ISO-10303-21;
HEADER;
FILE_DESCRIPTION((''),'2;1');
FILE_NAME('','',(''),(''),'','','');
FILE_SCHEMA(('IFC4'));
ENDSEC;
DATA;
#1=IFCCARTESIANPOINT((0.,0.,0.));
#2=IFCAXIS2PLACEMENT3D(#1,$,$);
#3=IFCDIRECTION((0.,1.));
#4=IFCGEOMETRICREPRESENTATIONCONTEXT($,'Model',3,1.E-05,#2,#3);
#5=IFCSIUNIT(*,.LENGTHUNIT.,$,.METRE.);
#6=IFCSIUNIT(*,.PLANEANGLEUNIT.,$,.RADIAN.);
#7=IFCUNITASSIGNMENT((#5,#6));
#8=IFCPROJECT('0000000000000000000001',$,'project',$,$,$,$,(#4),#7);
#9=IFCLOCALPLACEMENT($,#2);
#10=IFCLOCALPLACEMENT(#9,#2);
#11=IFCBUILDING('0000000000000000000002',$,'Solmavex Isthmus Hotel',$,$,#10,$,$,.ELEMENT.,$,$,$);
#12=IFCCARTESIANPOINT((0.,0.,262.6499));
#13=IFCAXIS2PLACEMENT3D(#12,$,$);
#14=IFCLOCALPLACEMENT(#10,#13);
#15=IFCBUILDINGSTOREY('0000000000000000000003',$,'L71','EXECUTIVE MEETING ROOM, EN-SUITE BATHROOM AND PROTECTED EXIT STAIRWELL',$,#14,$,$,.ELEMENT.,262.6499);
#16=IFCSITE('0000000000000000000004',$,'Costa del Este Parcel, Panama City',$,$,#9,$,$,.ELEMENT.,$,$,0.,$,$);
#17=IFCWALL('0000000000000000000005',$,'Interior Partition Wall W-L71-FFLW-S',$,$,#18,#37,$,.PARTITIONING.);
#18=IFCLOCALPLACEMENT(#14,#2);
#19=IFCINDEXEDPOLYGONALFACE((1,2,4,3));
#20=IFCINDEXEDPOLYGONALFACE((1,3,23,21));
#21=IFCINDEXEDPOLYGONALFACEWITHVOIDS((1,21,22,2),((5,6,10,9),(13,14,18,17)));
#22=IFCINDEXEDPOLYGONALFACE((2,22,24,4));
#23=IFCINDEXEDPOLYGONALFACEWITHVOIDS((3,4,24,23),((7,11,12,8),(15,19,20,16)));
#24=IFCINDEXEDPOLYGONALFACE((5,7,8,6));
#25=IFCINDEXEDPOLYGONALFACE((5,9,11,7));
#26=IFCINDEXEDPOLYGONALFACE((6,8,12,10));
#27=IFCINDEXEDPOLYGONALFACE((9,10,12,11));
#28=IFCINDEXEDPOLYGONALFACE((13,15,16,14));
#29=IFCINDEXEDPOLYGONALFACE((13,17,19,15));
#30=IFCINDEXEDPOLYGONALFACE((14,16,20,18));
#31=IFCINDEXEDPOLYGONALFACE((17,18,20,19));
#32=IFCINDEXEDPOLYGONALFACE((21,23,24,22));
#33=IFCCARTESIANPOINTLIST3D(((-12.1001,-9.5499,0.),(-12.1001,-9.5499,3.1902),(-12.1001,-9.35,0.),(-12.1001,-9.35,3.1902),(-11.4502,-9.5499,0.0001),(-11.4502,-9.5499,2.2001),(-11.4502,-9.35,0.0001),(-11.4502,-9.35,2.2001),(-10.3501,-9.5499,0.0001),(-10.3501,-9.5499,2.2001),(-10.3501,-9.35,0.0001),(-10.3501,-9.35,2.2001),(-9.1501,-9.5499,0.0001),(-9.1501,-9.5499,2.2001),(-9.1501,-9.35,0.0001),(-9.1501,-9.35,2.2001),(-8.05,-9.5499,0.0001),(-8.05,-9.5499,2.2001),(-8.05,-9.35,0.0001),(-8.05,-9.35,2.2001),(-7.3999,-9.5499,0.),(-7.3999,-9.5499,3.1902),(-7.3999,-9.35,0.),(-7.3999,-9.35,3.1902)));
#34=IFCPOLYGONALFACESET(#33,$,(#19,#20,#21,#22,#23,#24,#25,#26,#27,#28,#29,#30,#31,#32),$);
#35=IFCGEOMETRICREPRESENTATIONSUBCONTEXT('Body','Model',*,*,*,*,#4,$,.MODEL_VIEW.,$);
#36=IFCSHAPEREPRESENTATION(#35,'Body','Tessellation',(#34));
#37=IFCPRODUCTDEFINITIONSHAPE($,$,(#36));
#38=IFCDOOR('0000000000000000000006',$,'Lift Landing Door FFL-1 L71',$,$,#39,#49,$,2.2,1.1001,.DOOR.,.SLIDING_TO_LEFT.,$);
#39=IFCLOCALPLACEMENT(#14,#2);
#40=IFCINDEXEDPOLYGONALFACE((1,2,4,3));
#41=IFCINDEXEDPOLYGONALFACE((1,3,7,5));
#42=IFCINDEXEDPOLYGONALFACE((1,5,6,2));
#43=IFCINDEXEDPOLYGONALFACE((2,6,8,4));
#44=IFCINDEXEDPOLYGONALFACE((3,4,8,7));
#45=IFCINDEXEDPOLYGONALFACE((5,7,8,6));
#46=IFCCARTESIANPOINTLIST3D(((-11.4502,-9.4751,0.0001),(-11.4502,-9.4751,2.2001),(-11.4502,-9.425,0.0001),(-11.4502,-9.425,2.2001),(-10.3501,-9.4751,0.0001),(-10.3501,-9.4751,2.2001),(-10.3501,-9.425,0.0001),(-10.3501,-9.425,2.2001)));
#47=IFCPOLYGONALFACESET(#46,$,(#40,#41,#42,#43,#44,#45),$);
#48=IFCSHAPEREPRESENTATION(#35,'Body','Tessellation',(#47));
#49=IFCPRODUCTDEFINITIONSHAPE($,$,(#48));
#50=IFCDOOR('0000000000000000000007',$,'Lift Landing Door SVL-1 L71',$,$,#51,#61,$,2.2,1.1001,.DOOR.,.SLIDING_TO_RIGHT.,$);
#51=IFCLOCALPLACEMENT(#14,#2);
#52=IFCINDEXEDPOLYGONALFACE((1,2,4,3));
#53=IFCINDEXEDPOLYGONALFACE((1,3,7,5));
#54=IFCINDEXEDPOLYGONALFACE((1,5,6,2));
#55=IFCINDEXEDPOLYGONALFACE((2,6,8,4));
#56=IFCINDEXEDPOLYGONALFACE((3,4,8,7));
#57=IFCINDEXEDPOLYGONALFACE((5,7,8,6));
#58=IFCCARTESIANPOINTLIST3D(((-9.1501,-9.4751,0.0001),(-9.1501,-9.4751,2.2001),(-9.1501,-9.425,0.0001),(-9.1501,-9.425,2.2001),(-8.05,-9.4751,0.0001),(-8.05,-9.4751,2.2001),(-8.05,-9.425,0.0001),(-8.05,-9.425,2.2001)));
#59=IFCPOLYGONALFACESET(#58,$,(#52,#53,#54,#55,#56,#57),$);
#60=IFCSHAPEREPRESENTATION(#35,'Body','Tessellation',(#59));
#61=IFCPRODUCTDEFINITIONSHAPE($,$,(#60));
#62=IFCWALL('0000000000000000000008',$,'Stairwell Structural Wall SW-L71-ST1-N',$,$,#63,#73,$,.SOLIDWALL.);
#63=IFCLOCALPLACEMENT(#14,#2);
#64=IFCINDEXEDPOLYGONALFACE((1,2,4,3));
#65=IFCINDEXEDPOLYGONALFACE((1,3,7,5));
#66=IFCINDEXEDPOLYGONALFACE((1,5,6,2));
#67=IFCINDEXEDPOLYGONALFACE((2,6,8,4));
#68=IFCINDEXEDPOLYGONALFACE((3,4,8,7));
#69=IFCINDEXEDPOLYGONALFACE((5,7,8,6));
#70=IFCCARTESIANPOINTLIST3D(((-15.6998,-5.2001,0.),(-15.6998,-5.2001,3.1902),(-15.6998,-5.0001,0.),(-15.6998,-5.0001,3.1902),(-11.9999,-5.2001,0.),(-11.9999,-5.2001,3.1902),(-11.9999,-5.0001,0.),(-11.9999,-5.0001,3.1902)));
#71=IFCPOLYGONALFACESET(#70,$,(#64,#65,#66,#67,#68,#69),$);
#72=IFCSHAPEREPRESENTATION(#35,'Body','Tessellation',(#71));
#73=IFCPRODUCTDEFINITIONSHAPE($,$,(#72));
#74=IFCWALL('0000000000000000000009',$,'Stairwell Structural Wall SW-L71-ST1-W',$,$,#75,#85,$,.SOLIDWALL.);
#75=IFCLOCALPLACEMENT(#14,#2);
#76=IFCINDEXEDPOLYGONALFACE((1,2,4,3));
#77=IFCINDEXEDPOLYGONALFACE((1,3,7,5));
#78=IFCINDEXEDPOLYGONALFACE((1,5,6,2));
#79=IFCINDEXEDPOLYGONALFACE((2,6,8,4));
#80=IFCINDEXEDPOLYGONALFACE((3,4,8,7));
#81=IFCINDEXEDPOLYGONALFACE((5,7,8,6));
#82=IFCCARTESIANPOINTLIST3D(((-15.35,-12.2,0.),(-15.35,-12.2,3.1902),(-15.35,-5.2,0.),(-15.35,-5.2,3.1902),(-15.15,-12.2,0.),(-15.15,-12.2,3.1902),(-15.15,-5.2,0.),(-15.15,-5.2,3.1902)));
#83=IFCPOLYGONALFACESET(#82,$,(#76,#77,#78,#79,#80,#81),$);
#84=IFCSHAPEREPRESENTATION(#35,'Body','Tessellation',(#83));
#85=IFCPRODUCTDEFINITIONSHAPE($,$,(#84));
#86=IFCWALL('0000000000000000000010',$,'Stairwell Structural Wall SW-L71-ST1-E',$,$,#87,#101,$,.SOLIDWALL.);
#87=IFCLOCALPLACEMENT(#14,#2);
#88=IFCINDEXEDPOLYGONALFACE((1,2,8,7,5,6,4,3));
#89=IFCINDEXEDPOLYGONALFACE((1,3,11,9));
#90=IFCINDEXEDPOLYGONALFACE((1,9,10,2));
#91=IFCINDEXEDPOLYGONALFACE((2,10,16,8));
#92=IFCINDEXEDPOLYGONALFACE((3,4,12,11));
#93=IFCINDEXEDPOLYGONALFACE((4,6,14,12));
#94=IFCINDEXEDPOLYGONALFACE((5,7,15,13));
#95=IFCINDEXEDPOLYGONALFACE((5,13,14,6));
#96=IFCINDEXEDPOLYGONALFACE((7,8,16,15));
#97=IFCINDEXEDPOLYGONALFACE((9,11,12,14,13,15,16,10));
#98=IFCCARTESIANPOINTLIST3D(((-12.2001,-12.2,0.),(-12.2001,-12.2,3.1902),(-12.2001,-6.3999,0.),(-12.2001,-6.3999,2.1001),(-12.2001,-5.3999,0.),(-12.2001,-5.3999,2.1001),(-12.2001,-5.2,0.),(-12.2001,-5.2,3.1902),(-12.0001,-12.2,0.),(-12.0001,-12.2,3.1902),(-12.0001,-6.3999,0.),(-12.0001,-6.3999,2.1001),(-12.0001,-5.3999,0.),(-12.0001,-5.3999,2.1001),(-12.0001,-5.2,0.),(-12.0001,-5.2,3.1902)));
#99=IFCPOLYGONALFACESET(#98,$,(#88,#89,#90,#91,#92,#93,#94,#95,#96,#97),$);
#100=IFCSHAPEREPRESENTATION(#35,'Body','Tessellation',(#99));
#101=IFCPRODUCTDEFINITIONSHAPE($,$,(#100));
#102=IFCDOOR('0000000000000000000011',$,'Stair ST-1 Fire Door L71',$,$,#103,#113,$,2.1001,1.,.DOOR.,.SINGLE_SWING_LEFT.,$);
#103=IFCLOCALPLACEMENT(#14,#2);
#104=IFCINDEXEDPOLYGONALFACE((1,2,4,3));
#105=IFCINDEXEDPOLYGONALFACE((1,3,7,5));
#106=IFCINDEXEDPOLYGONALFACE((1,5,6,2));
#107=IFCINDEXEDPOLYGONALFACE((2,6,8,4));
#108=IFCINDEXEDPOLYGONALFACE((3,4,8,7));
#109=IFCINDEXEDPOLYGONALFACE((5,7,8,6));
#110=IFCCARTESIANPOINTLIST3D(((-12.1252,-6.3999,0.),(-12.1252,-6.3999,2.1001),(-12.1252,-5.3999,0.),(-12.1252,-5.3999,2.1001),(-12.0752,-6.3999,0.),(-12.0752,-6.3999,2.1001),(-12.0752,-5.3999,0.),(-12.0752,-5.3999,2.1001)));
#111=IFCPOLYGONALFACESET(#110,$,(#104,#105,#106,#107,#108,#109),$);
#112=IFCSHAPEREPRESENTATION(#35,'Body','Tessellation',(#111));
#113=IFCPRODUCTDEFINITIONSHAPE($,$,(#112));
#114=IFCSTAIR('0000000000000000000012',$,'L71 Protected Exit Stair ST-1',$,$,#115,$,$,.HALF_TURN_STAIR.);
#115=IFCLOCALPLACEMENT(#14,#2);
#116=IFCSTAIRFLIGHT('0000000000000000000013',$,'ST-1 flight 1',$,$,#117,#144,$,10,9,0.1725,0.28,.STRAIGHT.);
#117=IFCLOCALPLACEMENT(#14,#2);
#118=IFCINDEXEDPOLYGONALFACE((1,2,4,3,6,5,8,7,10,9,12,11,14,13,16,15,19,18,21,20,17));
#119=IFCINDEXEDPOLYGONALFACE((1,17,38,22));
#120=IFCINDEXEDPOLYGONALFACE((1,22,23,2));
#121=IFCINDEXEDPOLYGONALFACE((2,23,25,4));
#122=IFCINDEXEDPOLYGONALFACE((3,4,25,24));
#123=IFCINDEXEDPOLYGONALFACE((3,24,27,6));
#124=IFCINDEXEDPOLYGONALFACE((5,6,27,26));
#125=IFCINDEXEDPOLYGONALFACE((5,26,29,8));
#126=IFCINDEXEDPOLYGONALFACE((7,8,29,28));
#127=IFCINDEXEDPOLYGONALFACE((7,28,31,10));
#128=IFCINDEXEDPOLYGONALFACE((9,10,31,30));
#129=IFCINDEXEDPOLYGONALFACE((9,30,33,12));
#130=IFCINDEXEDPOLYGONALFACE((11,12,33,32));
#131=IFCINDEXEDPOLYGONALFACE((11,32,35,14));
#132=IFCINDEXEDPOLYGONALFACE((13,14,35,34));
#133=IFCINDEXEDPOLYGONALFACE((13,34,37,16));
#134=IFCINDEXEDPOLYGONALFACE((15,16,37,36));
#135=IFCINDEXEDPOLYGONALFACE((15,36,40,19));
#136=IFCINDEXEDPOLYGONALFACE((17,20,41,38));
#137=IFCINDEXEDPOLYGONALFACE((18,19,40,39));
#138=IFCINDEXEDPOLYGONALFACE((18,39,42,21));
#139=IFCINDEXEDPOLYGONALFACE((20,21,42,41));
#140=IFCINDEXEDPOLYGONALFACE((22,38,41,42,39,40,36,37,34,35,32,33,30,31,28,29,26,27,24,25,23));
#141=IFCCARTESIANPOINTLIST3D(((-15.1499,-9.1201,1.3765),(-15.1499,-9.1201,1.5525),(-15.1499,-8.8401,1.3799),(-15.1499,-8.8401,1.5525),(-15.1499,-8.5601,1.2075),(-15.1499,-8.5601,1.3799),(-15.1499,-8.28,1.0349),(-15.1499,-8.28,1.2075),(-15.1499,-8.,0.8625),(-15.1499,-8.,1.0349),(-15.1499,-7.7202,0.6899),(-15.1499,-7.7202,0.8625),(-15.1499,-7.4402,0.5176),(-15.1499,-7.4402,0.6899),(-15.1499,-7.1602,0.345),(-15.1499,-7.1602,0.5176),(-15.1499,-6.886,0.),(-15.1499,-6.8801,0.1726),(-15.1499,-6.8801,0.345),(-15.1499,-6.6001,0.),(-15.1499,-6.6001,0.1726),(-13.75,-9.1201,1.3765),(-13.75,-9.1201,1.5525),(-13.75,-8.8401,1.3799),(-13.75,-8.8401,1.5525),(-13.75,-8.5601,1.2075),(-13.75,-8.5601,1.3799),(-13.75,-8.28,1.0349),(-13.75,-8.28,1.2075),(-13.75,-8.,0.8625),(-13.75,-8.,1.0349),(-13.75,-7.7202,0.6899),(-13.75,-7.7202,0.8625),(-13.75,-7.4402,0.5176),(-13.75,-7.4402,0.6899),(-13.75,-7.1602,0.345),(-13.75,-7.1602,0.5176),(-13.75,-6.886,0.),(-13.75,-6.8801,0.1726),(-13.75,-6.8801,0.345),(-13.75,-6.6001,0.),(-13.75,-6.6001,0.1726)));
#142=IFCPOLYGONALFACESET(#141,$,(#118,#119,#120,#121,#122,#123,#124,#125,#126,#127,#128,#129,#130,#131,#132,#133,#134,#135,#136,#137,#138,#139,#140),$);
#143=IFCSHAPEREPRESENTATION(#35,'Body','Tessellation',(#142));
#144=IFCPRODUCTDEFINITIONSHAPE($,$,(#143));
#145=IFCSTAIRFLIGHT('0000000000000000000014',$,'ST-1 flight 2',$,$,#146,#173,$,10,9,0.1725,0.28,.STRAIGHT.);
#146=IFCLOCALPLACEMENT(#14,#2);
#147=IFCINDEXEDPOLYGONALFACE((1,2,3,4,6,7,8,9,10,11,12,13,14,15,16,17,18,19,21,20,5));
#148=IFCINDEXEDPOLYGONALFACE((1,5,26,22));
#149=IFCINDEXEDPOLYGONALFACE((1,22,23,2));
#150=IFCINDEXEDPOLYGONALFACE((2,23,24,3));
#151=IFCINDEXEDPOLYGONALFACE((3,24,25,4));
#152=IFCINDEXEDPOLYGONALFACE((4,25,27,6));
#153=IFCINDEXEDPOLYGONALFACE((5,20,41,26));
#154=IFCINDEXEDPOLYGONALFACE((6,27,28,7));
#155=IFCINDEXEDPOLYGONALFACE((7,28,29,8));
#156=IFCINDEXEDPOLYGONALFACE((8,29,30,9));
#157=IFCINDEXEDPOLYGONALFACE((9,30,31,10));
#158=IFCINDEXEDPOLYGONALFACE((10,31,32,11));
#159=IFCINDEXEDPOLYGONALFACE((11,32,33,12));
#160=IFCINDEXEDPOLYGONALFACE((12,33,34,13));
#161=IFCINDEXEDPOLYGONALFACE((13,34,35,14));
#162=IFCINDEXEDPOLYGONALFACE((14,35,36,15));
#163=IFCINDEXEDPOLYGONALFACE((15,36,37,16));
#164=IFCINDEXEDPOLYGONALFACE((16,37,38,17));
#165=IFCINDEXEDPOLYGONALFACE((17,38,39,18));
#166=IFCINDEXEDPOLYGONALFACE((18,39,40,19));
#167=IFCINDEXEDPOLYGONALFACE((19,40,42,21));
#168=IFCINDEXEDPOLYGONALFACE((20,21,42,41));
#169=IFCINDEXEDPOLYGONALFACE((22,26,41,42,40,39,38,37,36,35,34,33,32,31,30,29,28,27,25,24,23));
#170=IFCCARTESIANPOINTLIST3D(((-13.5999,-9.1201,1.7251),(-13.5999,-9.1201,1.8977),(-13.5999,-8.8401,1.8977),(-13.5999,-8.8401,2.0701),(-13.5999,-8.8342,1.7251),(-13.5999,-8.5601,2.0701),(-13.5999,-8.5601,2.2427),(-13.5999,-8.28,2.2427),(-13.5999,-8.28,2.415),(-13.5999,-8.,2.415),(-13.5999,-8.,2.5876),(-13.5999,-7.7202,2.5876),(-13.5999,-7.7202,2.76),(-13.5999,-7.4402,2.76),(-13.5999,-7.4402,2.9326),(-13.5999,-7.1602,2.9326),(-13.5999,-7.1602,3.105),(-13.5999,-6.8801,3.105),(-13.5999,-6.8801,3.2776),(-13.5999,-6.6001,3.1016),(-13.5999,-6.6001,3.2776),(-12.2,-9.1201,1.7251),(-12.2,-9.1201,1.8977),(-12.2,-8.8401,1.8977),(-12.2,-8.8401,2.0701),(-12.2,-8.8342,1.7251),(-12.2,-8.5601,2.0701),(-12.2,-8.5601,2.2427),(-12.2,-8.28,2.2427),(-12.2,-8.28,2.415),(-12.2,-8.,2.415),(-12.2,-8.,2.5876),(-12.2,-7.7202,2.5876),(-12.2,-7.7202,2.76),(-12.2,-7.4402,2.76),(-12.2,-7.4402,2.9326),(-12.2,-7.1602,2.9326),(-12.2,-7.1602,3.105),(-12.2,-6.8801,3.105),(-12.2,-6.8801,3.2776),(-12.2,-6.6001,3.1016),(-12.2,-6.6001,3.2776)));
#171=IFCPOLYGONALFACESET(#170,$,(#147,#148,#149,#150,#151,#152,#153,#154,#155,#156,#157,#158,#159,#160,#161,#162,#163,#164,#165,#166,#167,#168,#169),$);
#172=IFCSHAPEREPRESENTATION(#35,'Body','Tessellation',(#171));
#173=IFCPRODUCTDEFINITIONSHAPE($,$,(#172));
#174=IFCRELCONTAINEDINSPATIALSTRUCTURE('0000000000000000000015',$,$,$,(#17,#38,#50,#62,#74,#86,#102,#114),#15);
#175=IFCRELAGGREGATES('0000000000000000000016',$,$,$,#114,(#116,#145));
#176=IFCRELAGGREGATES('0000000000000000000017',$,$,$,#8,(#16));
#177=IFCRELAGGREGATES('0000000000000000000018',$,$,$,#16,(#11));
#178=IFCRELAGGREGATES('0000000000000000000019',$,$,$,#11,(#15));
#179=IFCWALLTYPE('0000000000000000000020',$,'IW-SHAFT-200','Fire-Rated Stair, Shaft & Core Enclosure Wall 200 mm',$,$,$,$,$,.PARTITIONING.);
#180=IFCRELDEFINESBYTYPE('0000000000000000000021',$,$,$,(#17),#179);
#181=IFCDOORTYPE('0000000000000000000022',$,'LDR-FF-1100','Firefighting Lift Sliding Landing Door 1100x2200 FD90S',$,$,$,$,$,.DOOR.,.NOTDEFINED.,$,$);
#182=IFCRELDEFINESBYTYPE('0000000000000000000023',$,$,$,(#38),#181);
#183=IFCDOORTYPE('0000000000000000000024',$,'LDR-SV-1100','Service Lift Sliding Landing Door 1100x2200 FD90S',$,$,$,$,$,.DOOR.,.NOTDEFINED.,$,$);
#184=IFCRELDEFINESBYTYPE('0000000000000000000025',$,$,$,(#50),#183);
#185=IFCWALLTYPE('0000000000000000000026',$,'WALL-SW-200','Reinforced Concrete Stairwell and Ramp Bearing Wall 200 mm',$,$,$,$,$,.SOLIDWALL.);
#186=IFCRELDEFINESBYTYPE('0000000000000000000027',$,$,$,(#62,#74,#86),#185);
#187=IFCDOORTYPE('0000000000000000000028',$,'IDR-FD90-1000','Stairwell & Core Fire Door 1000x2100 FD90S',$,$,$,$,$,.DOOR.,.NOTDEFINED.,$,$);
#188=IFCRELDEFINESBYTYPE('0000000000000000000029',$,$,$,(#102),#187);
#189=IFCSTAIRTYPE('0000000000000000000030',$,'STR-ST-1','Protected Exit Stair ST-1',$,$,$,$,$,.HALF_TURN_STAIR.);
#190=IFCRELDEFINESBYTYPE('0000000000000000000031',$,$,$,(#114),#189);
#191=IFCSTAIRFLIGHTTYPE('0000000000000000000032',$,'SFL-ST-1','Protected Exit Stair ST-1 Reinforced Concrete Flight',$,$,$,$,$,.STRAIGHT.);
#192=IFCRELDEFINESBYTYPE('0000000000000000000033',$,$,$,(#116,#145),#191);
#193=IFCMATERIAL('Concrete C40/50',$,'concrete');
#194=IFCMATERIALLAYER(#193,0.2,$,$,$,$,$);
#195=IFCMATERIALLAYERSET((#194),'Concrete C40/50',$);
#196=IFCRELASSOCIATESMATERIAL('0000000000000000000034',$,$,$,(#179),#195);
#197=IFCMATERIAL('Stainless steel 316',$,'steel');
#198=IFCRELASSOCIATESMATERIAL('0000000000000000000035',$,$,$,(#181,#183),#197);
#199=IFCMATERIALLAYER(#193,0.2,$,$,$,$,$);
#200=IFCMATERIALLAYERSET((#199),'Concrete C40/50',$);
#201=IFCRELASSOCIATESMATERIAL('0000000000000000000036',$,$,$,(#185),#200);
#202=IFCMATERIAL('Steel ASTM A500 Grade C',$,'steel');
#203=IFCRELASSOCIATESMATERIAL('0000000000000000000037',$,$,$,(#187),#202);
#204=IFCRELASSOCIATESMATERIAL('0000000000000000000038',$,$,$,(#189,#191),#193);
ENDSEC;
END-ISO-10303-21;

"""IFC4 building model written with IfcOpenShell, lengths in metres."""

from ifc_helpers import new_model, si_unit, direction, frame, frame_2d, origin, place, context, subcontext, project, spatial, polyline, rectangle, outline, extrude, material, layer, layer_set, type_object, element, fill, aggregate, save


model = new_model("IFC4")

# Units and contexts
model_context = context("Model", 3, precision=1e-05, world=origin(), true_north=direction((0.0, 1.0)))
body_context = subcontext(model_context, "Body", "Model", "MODEL_VIEW")
ifc_project = project(units=[si_unit("LENGTHUNIT", "METRE"), si_unit("PLANEANGLEUNIT", "RADIAN")], contexts=[model_context])

# Site, building, storey
site_placement = place(None, origin())
site = spatial("IfcSite", under=ifc_project, at=site_placement, Name="Costa del Este Parcel, Panama City", CompositionType="ELEMENT", RefElevation=0.0)
building_placement = place(site_placement, origin())
building = spatial("IfcBuilding", under=site, at=building_placement, Name="Solmavex Isthmus Hotel", CompositionType="ELEMENT")
storey_placement = place(building_placement, frame((0.0, 0.0, 262.6499)))
storey = spatial("IfcBuildingStorey", under=building, at=storey_placement, Name="L71", Description="EXECUTIVE MEETING ROOM, EN-SUITE BATHROOM AND PROTECTED EXIT STAIRWELL", CompositionType="ELEMENT", Elevation=262.6499)

# Wall, openings, doors
ifc_material_1 = material(Name="Concrete C40/50", Category="concrete")
ifc_layer_1 = layer(ifc_material_1, 0.2)
ifc_layer_set_1 = layer_set([ifc_layer_1], Name="Concrete C40/50")
wall_type_1 = type_object("IfcWallType", Name="IW-SHAFT-200", Description="Fire-Rated Stair, Shaft & Core Enclosure Wall 200 mm", PredefinedType="PARTITIONING", material=ifc_layer_set_1)
wall_1_placement = place(storey_placement, frame((-12.1001, -9.45, 0.0), z_axis=(0.0, 0.0, 1.0), x_axis=(1.0, 0.0, 0.0)))
wall_1 = element("IfcWall", 1, at=wall_1_placement, inside=storey, type_object=wall_type_1, Name="Interior Partition Wall W-L71-FFLW-S", PredefinedType="PARTITIONING", context=body_context, shape_type="SweptSolid", body=[
    extrude(rectangle(XDim=4.7002, YDim=0.2, at=frame_2d((2.3501, 0.0))), origin(), (0.0, 0.0, 1.0), 3.1902),
])
opening_1_placement = place(wall_1_placement, frame((0.6499, 0.0, 0.0)))
opening_1 = element("IfcOpeningElement", 2, at=opening_1_placement, cuts=wall_1, PredefinedType="OPENING", context=body_context, shape_type="SweptSolid", body=[
    extrude(rectangle(XDim=1.1001, YDim=2.2, at=frame_2d((0.55, 1.1001))), frame((0.0, 0.1099, 0.0), z_axis=(0.0, -1.0, 0.0), x_axis=(1.0, 0.0, 0.0)), (0.0, 0.0, 1.0), 0.22),
])
opening_2_placement = place(wall_1_placement, frame((2.95, 0.0, 0.0)))
opening_2 = element("IfcOpeningElement", 3, at=opening_2_placement, cuts=wall_1, PredefinedType="OPENING", context=body_context, shape_type="SweptSolid", body=[
    extrude(rectangle(XDim=1.1001, YDim=2.2, at=frame_2d((0.55, 1.1001))), frame((0.0, 0.1099, 0.0), z_axis=(0.0, -1.0, 0.0), x_axis=(1.0, 0.0, 0.0)), (0.0, 0.0, 1.0), 0.22),
])
ifc_material_2 = material(Name="Stainless steel 316", Category="steel")
door_type_1 = type_object("IfcDoorType", Name="LDR-FF-1100", Description="Firefighting Lift Sliding Landing Door 1100x2200 FD90S", OperationType="NOTDEFINED", PredefinedType="DOOR", material=ifc_material_2)
door_1_placement = place(opening_1_placement, origin())
door_1 = element("IfcDoor", 4, at=door_1_placement, inside=storey, type_object=door_type_1, Name="Lift Landing Door FFL-1 L71", OperationType="SLIDING_TO_LEFT", OverallHeight=2.2, OverallWidth=1.1001, PredefinedType="DOOR", context=body_context, shape_type="SweptSolid", body=[
    extrude(rectangle(XDim=1.1001, YDim=2.2, at=frame_2d((0.55, 1.1001))), frame((0.0, 0.0249, 0.0), z_axis=(0.0, -1.0, 0.0), x_axis=(1.0, 0.0, 0.0)), (0.0, 0.0, 1.0), 0.05),
])
fill(opening_1, door_1)
door_type_2 = type_object("IfcDoorType", Name="LDR-SV-1100", Description="Service Lift Sliding Landing Door 1100x2200 FD90S", OperationType="NOTDEFINED", PredefinedType="DOOR", material=ifc_material_2)
door_2_placement = place(opening_2_placement, origin())
door_2 = element("IfcDoor", 5, at=door_2_placement, inside=storey, type_object=door_type_2, Name="Lift Landing Door SVL-1 L71", OperationType="SLIDING_TO_RIGHT", OverallHeight=2.2, OverallWidth=1.1001, PredefinedType="DOOR", context=body_context, shape_type="SweptSolid", body=[
    extrude(rectangle(XDim=1.1001, YDim=2.2, at=frame_2d((0.55, 1.1001))), frame((0.0, 0.0249, 0.0), z_axis=(0.0, -1.0, 0.0), x_axis=(1.0, 0.0, 0.0)), (0.0, 0.0, 1.0), 0.05),
])
fill(opening_2, door_2)

# Walls
ifc_layer_2 = layer(ifc_material_1, 0.2)
ifc_layer_set_2 = layer_set([ifc_layer_2], Name="Concrete C40/50")
wall_type_2 = type_object("IfcWallType", Name="WALL-SW-200", Description="Reinforced Concrete Stairwell and Ramp Bearing Wall 200 mm", PredefinedType="SOLIDWALL", material=ifc_layer_set_2)
wall_2_placement = place(storey_placement, frame((-15.7, -5.1001, 0.0), z_axis=(0.0, 0.0, 1.0), x_axis=(1.0, 0.0, 0.0)))
element("IfcWall", 6, at=wall_2_placement, inside=storey, type_object=wall_type_2, Name="Stairwell Structural Wall SW-L71-ST1-N", PredefinedType="SOLIDWALL", context=body_context, shape_type="SweptSolid", body=[
    extrude(rectangle(XDim=3.7, YDim=0.2, at=frame_2d((1.8501, 0.0))), origin(), (0.0, 0.0, 1.0), 3.1902),
])
wall_3_placement = place(storey_placement, frame((-15.25, -12.2, 0.0), z_axis=(0.0, 0.0, 1.0), x_axis=(0.0, 1.0, 0.0)))
element("IfcWall", 7, at=wall_3_placement, inside=storey, type_object=wall_type_2, Name="Stairwell Structural Wall SW-L71-ST1-W", PredefinedType="SOLIDWALL", context=body_context, shape_type="SweptSolid", body=[
    extrude(rectangle(XDim=7.0, YDim=0.2, at=frame_2d((3.5, 0.0))), origin(), (0.0, 0.0, 1.0), 3.1902),
])

# Wall, opening, door
wall_4_placement = place(storey_placement, frame((-12.1001, -12.2, 0.0), z_axis=(0.0, 0.0, 1.0), x_axis=(0.0, 1.0, 0.0)))
wall_4 = element("IfcWall", 8, at=wall_4_placement, inside=storey, type_object=wall_type_2, Name="Stairwell Structural Wall SW-L71-ST1-E", PredefinedType="SOLIDWALL", context=body_context, shape_type="SweptSolid", body=[
    extrude(rectangle(XDim=7.0, YDim=0.2, at=frame_2d((3.5, 0.0))), origin(), (0.0, 0.0, 1.0), 3.1902),
])
opening_3_placement = place(wall_4_placement, frame((5.8, 0.0, 0.0)))
opening_3 = element("IfcOpeningElement", 9, at=opening_3_placement, cuts=wall_4, PredefinedType="OPENING", context=body_context, shape_type="SweptSolid", body=[
    extrude(rectangle(XDim=1.0, YDim=2.1001, at=frame_2d((0.5, 1.05))), frame((0.0, 0.1099, 0.0), z_axis=(0.0, -1.0, 0.0), x_axis=(1.0, 0.0, 0.0)), (0.0, 0.0, 1.0), 0.22),
])
ifc_material_3 = material(Name="Steel ASTM A500 Grade C", Category="steel")
door_type_3 = type_object("IfcDoorType", Name="IDR-FD90-1000", Description="Stairwell & Core Fire Door 1000x2100 FD90S", OperationType="NOTDEFINED", PredefinedType="DOOR", material=ifc_material_3)
door_3_placement = place(opening_3_placement, frame((1.0, 0.0, 0.0), z_axis=(0.0, 0.0, 1.0), x_axis=(-1.0, 0.0, 0.0)))
door_3 = element("IfcDoor", 10, at=door_3_placement, inside=storey, type_object=door_type_3, Name="Stair ST-1 Fire Door L71", OperationType="SINGLE_SWING_LEFT", OverallHeight=2.1001, OverallWidth=1.0, PredefinedType="DOOR", context=body_context, shape_type="SweptSolid", body=[
    extrude(rectangle(XDim=1.0, YDim=2.1001, at=frame_2d((0.5, 1.05))), frame((0.0, 0.0249, 0.0), z_axis=(0.0, -1.0, 0.0), x_axis=(1.0, 0.0, 0.0)), (0.0, 0.0, 1.0), 0.05),
])
fill(opening_3, door_3)

# Stair, stair flights
stair_type = type_object("IfcStairType", Name="STR-ST-1", Description="Protected Exit Stair ST-1", PredefinedType="HALF_TURN_STAIR", material=ifc_material_1)
stair_placement = place(storey_placement, origin())
stair = element("IfcStair", 11, at=stair_placement, inside=storey, type_object=stair_type, Name="L71 Protected Exit Stair ST-1", PredefinedType="HALF_TURN_STAIR")
stair_flight_type = type_object("IfcStairFlightType", Name="SFL-ST-1", Description="Protected Exit Stair ST-1 Reinforced Concrete Flight", PredefinedType="STRAIGHT", material=ifc_material_1)
stair_flight_1_placement = place(storey_placement, frame((-14.45, -6.6001, 0.0), z_axis=(0.0, 0.0, 1.0), x_axis=(0.0, -1.0, 0.0)))
stair_flight_1 = element("IfcStairFlight", 12, at=stair_flight_1_placement, type_object=stair_flight_type, Name="ST-1 flight 1", NumberOfRisers=10, NumberOfTreads=9, PredefinedType="STRAIGHT", RiserHeight=0.1725, TreadLength=0.28, context=body_context, shape_type="SweptSolid", body=[
    extrude(outline(polyline([(0.0, 0.0), (0.0, 0.1726), (0.28, 0.1726), (0.28, 0.345), (0.5601, 0.345), (0.5601, 0.5176), (0.8401, 0.5176), (0.8401, 0.6899), (1.1201, 0.6899), (1.1201, 0.8625), (1.3999, 0.8625), (1.3999, 1.0349), (1.6799, 1.0349), (1.6799, 1.2075), (1.96, 1.2075), (1.96, 1.3799), (2.24, 1.3799), (2.24, 1.5525), (2.52, 1.5525), (2.52, 1.7251), (2.52, 1.3765), (0.2859, 0.0), (0.0, 0.0)])), frame((0.0, 0.7, 0.0), z_axis=(0.0, -1.0, 0.0), x_axis=(1.0, 0.0, 0.0)), (0.0, 0.0, 1.0), 1.3999),
])
stair_flight_2_placement = place(storey_placement, frame((-12.8999, -9.1201, 1.7251), z_axis=(0.0, 0.0, 1.0), x_axis=(0.0, 1.0, 0.0)))
stair_flight_2 = element("IfcStairFlight", 13, at=stair_flight_2_placement, type_object=stair_flight_type, Name="ST-1 flight 2", NumberOfRisers=10, NumberOfTreads=9, PredefinedType="STRAIGHT", RiserHeight=0.1725, TreadLength=0.28, context=body_context, shape_type="SweptSolid", body=[
    extrude(outline(polyline([(0.0, 0.0), (0.0, 0.1726), (0.28, 0.1726), (0.28, 0.345), (0.5601, 0.345), (0.5601, 0.5176), (0.8401, 0.5176), (0.8401, 0.6899), (1.1201, 0.6899), (1.1201, 0.8625), (1.3999, 0.8625), (1.3999, 1.0349), (1.6799, 1.0349), (1.6799, 1.2075), (1.96, 1.2075), (1.96, 1.3799), (2.24, 1.3799), (2.24, 1.5525), (2.52, 1.5525), (2.52, 1.7251), (2.52, 1.3765), (0.2859, 0.0), (0.0, 0.0)])), frame((0.0, 0.7, 0.0), z_axis=(0.0, -1.0, 0.0), x_axis=(1.0, 0.0, 0.0)), (0.0, 0.0, 1.0), 1.3999),
])
aggregate(stair, [stair_flight_1, stair_flight_2])

save(model, "model.ifc")
